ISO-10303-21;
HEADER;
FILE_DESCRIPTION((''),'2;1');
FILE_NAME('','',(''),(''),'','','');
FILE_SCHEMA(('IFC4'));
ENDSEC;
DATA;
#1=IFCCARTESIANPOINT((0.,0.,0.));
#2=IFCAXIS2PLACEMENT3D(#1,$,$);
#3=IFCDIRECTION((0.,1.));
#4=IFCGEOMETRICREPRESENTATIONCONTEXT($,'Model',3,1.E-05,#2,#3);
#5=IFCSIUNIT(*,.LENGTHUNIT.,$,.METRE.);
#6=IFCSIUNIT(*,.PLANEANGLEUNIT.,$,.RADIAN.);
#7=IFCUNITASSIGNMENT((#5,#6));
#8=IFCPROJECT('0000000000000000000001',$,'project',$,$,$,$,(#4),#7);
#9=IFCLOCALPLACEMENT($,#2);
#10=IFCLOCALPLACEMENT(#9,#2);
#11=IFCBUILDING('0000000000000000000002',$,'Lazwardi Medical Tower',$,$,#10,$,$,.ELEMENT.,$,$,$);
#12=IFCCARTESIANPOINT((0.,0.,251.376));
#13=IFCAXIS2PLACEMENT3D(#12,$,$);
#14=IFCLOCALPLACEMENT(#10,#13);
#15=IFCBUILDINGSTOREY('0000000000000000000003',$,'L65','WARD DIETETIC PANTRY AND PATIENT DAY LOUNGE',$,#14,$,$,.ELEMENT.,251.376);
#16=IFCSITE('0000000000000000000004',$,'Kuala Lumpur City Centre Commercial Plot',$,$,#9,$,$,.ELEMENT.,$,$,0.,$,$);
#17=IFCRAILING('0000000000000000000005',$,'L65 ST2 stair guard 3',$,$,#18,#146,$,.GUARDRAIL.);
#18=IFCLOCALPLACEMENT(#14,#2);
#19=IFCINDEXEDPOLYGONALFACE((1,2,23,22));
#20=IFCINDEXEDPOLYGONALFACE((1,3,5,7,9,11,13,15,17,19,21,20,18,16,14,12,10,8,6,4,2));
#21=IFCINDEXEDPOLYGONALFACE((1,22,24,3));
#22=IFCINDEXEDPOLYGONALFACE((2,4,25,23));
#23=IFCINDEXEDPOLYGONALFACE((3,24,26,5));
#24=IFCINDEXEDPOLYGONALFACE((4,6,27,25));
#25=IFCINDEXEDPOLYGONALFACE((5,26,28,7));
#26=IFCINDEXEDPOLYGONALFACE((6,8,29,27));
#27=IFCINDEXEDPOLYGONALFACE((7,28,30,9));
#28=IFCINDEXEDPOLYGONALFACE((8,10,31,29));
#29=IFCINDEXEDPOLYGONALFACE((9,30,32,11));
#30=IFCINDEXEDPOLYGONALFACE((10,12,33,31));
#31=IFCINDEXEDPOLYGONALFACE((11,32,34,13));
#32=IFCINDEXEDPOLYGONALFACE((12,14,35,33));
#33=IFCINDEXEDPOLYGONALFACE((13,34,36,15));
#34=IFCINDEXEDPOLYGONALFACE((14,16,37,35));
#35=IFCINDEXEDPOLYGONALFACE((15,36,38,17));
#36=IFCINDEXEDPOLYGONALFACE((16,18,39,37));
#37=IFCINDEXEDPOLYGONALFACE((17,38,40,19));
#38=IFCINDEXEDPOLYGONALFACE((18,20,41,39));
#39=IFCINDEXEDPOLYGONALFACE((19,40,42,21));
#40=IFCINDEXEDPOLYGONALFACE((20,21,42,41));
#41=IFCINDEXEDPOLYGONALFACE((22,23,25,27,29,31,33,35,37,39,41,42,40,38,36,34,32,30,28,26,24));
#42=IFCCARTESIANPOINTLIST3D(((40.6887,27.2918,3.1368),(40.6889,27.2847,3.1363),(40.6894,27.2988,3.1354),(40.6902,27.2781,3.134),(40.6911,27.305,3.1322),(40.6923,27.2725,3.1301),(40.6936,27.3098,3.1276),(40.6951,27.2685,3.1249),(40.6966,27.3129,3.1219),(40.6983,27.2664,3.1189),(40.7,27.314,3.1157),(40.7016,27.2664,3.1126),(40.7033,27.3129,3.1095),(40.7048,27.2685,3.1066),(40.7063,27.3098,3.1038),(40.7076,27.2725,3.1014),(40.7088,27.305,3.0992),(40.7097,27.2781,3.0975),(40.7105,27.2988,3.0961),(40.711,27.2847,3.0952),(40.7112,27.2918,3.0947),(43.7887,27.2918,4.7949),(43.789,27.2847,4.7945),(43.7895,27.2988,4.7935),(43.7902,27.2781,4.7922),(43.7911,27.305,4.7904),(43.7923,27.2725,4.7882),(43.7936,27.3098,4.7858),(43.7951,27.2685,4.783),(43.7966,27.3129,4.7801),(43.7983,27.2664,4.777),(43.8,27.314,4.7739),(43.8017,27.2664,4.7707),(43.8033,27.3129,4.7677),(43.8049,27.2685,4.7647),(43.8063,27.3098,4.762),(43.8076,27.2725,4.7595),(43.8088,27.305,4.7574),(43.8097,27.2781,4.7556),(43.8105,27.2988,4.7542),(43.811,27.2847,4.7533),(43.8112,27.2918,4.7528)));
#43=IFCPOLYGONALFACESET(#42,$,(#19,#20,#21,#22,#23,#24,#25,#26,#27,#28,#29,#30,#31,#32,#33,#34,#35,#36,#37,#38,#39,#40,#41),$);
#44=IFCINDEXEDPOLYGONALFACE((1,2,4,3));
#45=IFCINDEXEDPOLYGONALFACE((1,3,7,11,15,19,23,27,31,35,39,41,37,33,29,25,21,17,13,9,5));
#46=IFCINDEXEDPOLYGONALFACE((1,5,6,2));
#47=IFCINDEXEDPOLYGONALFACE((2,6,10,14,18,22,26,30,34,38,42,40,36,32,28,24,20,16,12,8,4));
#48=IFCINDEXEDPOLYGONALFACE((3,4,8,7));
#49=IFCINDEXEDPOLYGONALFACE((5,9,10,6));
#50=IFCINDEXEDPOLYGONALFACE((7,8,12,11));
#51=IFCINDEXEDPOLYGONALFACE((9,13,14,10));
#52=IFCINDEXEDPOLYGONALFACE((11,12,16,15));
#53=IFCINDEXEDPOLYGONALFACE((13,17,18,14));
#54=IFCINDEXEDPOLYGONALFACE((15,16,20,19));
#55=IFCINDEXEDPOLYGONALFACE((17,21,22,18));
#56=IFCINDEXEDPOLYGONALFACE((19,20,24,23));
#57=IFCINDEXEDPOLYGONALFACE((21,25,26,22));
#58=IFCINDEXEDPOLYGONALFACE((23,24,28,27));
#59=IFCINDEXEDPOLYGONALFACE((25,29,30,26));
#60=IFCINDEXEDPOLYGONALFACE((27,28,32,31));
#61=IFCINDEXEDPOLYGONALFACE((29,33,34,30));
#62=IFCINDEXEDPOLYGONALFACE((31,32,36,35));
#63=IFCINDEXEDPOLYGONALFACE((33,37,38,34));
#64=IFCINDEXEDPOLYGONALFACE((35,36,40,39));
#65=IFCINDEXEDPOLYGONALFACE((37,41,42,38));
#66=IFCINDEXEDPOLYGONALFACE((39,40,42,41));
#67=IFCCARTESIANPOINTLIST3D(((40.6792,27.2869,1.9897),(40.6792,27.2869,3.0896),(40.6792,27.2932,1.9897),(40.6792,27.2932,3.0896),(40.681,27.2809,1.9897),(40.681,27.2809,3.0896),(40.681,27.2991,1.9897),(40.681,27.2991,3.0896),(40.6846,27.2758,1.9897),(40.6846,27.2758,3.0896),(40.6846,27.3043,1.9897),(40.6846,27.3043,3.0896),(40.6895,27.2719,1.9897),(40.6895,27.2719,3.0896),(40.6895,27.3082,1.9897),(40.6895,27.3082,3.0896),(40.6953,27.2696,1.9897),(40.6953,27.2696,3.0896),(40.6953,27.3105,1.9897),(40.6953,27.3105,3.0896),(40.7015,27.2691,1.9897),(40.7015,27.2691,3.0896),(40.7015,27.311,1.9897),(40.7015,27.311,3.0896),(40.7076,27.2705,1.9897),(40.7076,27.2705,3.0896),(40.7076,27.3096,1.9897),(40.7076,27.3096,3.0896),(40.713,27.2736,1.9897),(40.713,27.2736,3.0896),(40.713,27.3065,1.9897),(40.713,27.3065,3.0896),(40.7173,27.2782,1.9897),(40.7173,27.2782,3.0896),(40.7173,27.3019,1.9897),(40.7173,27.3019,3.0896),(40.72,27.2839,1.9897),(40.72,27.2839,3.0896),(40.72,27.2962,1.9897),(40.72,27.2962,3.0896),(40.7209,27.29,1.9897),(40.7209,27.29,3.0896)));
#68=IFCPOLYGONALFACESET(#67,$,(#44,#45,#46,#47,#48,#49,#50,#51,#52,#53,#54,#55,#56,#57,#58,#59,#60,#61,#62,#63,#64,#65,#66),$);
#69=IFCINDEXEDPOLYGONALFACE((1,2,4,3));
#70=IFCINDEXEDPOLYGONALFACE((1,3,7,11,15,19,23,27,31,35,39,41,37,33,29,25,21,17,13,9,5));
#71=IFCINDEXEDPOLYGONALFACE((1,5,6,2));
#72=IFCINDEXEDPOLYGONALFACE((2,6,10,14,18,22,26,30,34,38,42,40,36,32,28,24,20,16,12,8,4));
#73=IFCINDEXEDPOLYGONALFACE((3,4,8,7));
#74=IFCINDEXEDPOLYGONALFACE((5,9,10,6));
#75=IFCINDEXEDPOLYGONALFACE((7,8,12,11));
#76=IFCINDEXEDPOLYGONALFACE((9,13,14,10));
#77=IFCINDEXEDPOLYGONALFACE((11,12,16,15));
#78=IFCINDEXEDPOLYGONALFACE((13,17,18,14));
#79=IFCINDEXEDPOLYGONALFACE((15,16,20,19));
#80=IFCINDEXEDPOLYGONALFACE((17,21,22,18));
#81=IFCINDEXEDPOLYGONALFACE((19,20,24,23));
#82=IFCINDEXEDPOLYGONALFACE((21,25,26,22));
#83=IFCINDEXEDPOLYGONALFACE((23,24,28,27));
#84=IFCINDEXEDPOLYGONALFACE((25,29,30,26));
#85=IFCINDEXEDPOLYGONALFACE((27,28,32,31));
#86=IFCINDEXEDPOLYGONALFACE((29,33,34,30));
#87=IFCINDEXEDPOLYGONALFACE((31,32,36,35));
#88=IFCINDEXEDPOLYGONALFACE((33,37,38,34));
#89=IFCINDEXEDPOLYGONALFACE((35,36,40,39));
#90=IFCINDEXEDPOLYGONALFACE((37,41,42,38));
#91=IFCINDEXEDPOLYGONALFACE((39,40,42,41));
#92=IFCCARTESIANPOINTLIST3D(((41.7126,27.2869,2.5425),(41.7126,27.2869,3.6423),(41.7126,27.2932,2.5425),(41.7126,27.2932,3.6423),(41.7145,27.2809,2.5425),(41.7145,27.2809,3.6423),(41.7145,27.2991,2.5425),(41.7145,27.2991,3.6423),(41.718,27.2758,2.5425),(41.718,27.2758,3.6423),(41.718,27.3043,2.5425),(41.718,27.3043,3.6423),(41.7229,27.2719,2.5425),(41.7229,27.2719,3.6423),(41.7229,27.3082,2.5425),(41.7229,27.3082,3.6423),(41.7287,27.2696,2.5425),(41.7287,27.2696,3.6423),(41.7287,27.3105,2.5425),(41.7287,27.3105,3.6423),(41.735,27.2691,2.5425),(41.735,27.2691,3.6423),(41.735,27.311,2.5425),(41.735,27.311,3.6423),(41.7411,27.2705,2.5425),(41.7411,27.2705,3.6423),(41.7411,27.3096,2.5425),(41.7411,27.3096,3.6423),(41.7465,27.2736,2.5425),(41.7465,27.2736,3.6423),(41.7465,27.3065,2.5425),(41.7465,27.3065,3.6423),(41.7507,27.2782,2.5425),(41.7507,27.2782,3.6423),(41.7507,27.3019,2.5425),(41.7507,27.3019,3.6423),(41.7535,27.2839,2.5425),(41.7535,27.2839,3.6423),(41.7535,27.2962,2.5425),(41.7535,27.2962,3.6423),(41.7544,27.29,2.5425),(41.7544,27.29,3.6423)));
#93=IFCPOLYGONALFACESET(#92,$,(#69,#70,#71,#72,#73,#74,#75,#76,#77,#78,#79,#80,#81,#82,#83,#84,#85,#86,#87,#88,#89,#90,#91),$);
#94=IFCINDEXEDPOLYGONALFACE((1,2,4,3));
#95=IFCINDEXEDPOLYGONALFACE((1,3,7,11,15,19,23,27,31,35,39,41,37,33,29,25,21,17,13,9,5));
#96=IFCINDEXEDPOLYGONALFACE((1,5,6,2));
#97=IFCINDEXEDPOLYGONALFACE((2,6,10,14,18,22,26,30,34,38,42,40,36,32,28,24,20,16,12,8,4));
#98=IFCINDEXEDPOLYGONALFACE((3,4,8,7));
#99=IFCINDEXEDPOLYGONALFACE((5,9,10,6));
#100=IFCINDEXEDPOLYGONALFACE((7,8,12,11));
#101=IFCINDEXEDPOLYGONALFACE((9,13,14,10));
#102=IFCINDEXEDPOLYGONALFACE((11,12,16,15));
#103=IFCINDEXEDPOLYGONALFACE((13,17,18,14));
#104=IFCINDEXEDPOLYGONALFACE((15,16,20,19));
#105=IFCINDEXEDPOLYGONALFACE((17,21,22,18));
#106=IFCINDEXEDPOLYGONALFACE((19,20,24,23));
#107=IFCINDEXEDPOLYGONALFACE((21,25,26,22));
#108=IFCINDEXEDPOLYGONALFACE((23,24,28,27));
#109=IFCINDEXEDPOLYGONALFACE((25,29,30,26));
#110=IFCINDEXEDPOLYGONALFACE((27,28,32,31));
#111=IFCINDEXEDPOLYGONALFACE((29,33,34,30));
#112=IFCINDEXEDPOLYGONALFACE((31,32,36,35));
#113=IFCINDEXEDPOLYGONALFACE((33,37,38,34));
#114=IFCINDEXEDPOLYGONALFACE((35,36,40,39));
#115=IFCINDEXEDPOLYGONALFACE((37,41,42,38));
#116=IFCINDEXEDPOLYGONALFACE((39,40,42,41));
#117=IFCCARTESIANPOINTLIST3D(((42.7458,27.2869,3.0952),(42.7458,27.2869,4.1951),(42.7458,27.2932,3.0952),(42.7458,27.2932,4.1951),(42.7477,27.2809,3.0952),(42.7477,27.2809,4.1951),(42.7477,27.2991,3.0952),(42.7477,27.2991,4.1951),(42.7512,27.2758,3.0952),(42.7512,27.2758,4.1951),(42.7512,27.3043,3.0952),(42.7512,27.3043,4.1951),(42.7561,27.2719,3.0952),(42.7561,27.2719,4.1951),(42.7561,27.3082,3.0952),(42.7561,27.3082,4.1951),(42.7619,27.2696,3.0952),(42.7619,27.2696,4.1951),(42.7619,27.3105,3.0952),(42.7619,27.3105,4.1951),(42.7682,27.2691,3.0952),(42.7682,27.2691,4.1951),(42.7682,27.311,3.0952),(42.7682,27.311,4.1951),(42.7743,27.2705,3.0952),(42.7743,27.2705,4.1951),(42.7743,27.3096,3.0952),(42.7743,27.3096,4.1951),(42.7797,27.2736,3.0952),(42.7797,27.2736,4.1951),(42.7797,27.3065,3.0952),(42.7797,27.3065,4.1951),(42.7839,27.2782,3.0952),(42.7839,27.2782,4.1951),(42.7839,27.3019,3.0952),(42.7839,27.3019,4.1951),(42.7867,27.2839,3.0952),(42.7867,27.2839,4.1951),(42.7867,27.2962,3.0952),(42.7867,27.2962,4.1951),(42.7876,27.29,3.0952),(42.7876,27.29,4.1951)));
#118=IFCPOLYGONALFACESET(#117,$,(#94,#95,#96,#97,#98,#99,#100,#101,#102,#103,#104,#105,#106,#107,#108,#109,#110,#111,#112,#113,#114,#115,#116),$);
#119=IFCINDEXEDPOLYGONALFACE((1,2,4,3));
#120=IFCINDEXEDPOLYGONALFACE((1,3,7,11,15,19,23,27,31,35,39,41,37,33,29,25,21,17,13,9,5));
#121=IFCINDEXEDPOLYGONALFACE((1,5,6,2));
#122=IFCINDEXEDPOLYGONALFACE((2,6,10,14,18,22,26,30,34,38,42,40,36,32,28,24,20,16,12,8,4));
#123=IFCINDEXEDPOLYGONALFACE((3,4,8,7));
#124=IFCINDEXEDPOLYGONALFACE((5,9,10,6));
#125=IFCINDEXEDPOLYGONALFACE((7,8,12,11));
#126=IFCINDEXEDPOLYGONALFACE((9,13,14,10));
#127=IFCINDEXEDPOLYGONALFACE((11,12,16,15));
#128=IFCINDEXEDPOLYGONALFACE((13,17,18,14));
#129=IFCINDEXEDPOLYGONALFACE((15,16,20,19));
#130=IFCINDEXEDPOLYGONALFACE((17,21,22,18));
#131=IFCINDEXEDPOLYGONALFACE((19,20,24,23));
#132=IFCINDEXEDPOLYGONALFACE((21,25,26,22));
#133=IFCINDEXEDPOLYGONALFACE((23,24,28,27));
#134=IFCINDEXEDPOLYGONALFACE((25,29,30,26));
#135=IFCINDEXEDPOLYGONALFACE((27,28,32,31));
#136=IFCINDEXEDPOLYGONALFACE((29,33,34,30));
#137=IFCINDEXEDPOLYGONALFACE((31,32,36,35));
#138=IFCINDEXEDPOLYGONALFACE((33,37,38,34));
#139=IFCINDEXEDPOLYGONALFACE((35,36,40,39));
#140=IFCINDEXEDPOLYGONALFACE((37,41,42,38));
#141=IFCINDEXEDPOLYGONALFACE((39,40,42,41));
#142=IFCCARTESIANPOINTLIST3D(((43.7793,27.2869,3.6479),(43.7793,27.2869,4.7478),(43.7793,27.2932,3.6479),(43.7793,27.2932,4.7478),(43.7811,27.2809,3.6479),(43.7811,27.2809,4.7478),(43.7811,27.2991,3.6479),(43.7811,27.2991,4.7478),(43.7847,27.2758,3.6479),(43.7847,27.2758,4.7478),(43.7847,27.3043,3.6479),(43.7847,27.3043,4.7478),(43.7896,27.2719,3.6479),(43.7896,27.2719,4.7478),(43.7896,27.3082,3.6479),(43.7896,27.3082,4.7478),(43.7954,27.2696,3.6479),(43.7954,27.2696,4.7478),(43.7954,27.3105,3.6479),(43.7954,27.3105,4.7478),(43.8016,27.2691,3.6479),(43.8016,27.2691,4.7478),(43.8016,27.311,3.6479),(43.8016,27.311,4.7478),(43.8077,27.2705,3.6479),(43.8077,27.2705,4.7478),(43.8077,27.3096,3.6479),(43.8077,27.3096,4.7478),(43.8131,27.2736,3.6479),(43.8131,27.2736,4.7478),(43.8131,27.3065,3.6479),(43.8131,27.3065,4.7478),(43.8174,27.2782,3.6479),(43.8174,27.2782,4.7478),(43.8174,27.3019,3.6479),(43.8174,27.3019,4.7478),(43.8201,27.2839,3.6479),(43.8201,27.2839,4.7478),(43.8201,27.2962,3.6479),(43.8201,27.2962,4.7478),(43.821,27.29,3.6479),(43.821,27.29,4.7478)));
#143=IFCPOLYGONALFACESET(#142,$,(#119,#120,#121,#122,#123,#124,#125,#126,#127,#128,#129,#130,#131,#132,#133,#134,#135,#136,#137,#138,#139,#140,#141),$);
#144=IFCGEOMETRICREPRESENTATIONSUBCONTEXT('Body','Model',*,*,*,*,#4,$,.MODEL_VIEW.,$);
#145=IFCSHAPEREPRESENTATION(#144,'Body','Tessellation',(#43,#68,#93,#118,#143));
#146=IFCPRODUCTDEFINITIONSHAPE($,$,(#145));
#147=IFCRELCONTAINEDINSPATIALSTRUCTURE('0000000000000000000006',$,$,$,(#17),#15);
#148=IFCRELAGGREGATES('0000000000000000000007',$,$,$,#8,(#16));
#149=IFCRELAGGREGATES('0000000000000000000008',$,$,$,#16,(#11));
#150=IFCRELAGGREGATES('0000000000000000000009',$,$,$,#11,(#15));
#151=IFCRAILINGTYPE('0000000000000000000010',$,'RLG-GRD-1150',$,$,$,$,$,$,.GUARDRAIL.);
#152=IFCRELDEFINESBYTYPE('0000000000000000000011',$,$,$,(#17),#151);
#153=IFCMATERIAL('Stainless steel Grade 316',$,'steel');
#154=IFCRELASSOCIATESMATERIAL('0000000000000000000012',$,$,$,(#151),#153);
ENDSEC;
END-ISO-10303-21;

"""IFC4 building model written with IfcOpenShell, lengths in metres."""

from ifc_helpers import new_model, si_unit, direction, frame, origin, origin_2d, place, context, subcontext, project, spatial, circle, extrude, material, type_object, element, save


model = new_model("IFC4")

# Units and contexts
model_context = context("Model", 3, precision=1e-05, world=origin(), true_north=direction((0.0, 1.0)))
body_context = subcontext(model_context, "Body", "Model", "MODEL_VIEW")
ifc_project = project(units=[si_unit("LENGTHUNIT", "METRE"), si_unit("PLANEANGLEUNIT", "RADIAN")], contexts=[model_context])

# Site, building, storey
site_placement = place(None, origin())
site = spatial("IfcSite", under=ifc_project, at=site_placement, Name="Kuala Lumpur City Centre Commercial Plot", CompositionType="ELEMENT", RefElevation=0.0)
building_placement = place(site_placement, origin())
building = spatial("IfcBuilding", under=site, at=building_placement, Name="Lazwardi Medical Tower", CompositionType="ELEMENT")
storey_placement = place(building_placement, frame((0.0, 0.0, 251.376)))
storey = spatial("IfcBuildingStorey", under=building, at=storey_placement, Name="L65", Description="WARD DIETETIC PANTRY AND PATIENT DAY LOUNGE", CompositionType="ELEMENT", Elevation=251.376)

# Railing
ifc_material_1 = material(Name="Stainless steel Grade 316", Category="steel")
railing_type_1 = type_object("IfcRailingType", Name="RLG-GRD-1150", PredefinedType="GUARDRAIL", material=ifc_material_1)
railing_1_placement = place(storey_placement, frame((40.7, 27.29, 1.9897)))
element("IfcRailing", 1, at=railing_1_placement, inside=storey, type_object=railing_type_1, Name="L65 ST2 stair guard 3", PredefinedType="GUARDRAIL", context=body_context, shape_type="SweptSolid", body=[
    extrude(circle(Radius=0.0239, at=origin_2d()), frame((0.0, 0.0, 1.126), z_axis=(0.881783, 0.0, 0.471655), x_axis=(0.0, 1.0, 0.0)), (0.0, 0.0, 1.0), 3.5156),
    extrude(circle(Radius=0.021, at=origin_2d()), origin(), (0.0, 0.0, 1.0), 1.0999),
    extrude(circle(Radius=0.021, at=origin_2d()), frame((1.0334, 0.0, 0.5527)), (0.0, 0.0, 1.0), 1.0999),
    extrude(circle(Radius=0.021, at=origin_2d()), frame((2.0667, 0.0, 1.1055)), (0.0, 0.0, 1.0), 1.0999),
    extrude(circle(Radius=0.021, at=origin_2d()), frame((3.1001, 0.0, 1.6582)), (0.0, 0.0, 1.0), 1.0999),
])

save(model, "model.ifc")
